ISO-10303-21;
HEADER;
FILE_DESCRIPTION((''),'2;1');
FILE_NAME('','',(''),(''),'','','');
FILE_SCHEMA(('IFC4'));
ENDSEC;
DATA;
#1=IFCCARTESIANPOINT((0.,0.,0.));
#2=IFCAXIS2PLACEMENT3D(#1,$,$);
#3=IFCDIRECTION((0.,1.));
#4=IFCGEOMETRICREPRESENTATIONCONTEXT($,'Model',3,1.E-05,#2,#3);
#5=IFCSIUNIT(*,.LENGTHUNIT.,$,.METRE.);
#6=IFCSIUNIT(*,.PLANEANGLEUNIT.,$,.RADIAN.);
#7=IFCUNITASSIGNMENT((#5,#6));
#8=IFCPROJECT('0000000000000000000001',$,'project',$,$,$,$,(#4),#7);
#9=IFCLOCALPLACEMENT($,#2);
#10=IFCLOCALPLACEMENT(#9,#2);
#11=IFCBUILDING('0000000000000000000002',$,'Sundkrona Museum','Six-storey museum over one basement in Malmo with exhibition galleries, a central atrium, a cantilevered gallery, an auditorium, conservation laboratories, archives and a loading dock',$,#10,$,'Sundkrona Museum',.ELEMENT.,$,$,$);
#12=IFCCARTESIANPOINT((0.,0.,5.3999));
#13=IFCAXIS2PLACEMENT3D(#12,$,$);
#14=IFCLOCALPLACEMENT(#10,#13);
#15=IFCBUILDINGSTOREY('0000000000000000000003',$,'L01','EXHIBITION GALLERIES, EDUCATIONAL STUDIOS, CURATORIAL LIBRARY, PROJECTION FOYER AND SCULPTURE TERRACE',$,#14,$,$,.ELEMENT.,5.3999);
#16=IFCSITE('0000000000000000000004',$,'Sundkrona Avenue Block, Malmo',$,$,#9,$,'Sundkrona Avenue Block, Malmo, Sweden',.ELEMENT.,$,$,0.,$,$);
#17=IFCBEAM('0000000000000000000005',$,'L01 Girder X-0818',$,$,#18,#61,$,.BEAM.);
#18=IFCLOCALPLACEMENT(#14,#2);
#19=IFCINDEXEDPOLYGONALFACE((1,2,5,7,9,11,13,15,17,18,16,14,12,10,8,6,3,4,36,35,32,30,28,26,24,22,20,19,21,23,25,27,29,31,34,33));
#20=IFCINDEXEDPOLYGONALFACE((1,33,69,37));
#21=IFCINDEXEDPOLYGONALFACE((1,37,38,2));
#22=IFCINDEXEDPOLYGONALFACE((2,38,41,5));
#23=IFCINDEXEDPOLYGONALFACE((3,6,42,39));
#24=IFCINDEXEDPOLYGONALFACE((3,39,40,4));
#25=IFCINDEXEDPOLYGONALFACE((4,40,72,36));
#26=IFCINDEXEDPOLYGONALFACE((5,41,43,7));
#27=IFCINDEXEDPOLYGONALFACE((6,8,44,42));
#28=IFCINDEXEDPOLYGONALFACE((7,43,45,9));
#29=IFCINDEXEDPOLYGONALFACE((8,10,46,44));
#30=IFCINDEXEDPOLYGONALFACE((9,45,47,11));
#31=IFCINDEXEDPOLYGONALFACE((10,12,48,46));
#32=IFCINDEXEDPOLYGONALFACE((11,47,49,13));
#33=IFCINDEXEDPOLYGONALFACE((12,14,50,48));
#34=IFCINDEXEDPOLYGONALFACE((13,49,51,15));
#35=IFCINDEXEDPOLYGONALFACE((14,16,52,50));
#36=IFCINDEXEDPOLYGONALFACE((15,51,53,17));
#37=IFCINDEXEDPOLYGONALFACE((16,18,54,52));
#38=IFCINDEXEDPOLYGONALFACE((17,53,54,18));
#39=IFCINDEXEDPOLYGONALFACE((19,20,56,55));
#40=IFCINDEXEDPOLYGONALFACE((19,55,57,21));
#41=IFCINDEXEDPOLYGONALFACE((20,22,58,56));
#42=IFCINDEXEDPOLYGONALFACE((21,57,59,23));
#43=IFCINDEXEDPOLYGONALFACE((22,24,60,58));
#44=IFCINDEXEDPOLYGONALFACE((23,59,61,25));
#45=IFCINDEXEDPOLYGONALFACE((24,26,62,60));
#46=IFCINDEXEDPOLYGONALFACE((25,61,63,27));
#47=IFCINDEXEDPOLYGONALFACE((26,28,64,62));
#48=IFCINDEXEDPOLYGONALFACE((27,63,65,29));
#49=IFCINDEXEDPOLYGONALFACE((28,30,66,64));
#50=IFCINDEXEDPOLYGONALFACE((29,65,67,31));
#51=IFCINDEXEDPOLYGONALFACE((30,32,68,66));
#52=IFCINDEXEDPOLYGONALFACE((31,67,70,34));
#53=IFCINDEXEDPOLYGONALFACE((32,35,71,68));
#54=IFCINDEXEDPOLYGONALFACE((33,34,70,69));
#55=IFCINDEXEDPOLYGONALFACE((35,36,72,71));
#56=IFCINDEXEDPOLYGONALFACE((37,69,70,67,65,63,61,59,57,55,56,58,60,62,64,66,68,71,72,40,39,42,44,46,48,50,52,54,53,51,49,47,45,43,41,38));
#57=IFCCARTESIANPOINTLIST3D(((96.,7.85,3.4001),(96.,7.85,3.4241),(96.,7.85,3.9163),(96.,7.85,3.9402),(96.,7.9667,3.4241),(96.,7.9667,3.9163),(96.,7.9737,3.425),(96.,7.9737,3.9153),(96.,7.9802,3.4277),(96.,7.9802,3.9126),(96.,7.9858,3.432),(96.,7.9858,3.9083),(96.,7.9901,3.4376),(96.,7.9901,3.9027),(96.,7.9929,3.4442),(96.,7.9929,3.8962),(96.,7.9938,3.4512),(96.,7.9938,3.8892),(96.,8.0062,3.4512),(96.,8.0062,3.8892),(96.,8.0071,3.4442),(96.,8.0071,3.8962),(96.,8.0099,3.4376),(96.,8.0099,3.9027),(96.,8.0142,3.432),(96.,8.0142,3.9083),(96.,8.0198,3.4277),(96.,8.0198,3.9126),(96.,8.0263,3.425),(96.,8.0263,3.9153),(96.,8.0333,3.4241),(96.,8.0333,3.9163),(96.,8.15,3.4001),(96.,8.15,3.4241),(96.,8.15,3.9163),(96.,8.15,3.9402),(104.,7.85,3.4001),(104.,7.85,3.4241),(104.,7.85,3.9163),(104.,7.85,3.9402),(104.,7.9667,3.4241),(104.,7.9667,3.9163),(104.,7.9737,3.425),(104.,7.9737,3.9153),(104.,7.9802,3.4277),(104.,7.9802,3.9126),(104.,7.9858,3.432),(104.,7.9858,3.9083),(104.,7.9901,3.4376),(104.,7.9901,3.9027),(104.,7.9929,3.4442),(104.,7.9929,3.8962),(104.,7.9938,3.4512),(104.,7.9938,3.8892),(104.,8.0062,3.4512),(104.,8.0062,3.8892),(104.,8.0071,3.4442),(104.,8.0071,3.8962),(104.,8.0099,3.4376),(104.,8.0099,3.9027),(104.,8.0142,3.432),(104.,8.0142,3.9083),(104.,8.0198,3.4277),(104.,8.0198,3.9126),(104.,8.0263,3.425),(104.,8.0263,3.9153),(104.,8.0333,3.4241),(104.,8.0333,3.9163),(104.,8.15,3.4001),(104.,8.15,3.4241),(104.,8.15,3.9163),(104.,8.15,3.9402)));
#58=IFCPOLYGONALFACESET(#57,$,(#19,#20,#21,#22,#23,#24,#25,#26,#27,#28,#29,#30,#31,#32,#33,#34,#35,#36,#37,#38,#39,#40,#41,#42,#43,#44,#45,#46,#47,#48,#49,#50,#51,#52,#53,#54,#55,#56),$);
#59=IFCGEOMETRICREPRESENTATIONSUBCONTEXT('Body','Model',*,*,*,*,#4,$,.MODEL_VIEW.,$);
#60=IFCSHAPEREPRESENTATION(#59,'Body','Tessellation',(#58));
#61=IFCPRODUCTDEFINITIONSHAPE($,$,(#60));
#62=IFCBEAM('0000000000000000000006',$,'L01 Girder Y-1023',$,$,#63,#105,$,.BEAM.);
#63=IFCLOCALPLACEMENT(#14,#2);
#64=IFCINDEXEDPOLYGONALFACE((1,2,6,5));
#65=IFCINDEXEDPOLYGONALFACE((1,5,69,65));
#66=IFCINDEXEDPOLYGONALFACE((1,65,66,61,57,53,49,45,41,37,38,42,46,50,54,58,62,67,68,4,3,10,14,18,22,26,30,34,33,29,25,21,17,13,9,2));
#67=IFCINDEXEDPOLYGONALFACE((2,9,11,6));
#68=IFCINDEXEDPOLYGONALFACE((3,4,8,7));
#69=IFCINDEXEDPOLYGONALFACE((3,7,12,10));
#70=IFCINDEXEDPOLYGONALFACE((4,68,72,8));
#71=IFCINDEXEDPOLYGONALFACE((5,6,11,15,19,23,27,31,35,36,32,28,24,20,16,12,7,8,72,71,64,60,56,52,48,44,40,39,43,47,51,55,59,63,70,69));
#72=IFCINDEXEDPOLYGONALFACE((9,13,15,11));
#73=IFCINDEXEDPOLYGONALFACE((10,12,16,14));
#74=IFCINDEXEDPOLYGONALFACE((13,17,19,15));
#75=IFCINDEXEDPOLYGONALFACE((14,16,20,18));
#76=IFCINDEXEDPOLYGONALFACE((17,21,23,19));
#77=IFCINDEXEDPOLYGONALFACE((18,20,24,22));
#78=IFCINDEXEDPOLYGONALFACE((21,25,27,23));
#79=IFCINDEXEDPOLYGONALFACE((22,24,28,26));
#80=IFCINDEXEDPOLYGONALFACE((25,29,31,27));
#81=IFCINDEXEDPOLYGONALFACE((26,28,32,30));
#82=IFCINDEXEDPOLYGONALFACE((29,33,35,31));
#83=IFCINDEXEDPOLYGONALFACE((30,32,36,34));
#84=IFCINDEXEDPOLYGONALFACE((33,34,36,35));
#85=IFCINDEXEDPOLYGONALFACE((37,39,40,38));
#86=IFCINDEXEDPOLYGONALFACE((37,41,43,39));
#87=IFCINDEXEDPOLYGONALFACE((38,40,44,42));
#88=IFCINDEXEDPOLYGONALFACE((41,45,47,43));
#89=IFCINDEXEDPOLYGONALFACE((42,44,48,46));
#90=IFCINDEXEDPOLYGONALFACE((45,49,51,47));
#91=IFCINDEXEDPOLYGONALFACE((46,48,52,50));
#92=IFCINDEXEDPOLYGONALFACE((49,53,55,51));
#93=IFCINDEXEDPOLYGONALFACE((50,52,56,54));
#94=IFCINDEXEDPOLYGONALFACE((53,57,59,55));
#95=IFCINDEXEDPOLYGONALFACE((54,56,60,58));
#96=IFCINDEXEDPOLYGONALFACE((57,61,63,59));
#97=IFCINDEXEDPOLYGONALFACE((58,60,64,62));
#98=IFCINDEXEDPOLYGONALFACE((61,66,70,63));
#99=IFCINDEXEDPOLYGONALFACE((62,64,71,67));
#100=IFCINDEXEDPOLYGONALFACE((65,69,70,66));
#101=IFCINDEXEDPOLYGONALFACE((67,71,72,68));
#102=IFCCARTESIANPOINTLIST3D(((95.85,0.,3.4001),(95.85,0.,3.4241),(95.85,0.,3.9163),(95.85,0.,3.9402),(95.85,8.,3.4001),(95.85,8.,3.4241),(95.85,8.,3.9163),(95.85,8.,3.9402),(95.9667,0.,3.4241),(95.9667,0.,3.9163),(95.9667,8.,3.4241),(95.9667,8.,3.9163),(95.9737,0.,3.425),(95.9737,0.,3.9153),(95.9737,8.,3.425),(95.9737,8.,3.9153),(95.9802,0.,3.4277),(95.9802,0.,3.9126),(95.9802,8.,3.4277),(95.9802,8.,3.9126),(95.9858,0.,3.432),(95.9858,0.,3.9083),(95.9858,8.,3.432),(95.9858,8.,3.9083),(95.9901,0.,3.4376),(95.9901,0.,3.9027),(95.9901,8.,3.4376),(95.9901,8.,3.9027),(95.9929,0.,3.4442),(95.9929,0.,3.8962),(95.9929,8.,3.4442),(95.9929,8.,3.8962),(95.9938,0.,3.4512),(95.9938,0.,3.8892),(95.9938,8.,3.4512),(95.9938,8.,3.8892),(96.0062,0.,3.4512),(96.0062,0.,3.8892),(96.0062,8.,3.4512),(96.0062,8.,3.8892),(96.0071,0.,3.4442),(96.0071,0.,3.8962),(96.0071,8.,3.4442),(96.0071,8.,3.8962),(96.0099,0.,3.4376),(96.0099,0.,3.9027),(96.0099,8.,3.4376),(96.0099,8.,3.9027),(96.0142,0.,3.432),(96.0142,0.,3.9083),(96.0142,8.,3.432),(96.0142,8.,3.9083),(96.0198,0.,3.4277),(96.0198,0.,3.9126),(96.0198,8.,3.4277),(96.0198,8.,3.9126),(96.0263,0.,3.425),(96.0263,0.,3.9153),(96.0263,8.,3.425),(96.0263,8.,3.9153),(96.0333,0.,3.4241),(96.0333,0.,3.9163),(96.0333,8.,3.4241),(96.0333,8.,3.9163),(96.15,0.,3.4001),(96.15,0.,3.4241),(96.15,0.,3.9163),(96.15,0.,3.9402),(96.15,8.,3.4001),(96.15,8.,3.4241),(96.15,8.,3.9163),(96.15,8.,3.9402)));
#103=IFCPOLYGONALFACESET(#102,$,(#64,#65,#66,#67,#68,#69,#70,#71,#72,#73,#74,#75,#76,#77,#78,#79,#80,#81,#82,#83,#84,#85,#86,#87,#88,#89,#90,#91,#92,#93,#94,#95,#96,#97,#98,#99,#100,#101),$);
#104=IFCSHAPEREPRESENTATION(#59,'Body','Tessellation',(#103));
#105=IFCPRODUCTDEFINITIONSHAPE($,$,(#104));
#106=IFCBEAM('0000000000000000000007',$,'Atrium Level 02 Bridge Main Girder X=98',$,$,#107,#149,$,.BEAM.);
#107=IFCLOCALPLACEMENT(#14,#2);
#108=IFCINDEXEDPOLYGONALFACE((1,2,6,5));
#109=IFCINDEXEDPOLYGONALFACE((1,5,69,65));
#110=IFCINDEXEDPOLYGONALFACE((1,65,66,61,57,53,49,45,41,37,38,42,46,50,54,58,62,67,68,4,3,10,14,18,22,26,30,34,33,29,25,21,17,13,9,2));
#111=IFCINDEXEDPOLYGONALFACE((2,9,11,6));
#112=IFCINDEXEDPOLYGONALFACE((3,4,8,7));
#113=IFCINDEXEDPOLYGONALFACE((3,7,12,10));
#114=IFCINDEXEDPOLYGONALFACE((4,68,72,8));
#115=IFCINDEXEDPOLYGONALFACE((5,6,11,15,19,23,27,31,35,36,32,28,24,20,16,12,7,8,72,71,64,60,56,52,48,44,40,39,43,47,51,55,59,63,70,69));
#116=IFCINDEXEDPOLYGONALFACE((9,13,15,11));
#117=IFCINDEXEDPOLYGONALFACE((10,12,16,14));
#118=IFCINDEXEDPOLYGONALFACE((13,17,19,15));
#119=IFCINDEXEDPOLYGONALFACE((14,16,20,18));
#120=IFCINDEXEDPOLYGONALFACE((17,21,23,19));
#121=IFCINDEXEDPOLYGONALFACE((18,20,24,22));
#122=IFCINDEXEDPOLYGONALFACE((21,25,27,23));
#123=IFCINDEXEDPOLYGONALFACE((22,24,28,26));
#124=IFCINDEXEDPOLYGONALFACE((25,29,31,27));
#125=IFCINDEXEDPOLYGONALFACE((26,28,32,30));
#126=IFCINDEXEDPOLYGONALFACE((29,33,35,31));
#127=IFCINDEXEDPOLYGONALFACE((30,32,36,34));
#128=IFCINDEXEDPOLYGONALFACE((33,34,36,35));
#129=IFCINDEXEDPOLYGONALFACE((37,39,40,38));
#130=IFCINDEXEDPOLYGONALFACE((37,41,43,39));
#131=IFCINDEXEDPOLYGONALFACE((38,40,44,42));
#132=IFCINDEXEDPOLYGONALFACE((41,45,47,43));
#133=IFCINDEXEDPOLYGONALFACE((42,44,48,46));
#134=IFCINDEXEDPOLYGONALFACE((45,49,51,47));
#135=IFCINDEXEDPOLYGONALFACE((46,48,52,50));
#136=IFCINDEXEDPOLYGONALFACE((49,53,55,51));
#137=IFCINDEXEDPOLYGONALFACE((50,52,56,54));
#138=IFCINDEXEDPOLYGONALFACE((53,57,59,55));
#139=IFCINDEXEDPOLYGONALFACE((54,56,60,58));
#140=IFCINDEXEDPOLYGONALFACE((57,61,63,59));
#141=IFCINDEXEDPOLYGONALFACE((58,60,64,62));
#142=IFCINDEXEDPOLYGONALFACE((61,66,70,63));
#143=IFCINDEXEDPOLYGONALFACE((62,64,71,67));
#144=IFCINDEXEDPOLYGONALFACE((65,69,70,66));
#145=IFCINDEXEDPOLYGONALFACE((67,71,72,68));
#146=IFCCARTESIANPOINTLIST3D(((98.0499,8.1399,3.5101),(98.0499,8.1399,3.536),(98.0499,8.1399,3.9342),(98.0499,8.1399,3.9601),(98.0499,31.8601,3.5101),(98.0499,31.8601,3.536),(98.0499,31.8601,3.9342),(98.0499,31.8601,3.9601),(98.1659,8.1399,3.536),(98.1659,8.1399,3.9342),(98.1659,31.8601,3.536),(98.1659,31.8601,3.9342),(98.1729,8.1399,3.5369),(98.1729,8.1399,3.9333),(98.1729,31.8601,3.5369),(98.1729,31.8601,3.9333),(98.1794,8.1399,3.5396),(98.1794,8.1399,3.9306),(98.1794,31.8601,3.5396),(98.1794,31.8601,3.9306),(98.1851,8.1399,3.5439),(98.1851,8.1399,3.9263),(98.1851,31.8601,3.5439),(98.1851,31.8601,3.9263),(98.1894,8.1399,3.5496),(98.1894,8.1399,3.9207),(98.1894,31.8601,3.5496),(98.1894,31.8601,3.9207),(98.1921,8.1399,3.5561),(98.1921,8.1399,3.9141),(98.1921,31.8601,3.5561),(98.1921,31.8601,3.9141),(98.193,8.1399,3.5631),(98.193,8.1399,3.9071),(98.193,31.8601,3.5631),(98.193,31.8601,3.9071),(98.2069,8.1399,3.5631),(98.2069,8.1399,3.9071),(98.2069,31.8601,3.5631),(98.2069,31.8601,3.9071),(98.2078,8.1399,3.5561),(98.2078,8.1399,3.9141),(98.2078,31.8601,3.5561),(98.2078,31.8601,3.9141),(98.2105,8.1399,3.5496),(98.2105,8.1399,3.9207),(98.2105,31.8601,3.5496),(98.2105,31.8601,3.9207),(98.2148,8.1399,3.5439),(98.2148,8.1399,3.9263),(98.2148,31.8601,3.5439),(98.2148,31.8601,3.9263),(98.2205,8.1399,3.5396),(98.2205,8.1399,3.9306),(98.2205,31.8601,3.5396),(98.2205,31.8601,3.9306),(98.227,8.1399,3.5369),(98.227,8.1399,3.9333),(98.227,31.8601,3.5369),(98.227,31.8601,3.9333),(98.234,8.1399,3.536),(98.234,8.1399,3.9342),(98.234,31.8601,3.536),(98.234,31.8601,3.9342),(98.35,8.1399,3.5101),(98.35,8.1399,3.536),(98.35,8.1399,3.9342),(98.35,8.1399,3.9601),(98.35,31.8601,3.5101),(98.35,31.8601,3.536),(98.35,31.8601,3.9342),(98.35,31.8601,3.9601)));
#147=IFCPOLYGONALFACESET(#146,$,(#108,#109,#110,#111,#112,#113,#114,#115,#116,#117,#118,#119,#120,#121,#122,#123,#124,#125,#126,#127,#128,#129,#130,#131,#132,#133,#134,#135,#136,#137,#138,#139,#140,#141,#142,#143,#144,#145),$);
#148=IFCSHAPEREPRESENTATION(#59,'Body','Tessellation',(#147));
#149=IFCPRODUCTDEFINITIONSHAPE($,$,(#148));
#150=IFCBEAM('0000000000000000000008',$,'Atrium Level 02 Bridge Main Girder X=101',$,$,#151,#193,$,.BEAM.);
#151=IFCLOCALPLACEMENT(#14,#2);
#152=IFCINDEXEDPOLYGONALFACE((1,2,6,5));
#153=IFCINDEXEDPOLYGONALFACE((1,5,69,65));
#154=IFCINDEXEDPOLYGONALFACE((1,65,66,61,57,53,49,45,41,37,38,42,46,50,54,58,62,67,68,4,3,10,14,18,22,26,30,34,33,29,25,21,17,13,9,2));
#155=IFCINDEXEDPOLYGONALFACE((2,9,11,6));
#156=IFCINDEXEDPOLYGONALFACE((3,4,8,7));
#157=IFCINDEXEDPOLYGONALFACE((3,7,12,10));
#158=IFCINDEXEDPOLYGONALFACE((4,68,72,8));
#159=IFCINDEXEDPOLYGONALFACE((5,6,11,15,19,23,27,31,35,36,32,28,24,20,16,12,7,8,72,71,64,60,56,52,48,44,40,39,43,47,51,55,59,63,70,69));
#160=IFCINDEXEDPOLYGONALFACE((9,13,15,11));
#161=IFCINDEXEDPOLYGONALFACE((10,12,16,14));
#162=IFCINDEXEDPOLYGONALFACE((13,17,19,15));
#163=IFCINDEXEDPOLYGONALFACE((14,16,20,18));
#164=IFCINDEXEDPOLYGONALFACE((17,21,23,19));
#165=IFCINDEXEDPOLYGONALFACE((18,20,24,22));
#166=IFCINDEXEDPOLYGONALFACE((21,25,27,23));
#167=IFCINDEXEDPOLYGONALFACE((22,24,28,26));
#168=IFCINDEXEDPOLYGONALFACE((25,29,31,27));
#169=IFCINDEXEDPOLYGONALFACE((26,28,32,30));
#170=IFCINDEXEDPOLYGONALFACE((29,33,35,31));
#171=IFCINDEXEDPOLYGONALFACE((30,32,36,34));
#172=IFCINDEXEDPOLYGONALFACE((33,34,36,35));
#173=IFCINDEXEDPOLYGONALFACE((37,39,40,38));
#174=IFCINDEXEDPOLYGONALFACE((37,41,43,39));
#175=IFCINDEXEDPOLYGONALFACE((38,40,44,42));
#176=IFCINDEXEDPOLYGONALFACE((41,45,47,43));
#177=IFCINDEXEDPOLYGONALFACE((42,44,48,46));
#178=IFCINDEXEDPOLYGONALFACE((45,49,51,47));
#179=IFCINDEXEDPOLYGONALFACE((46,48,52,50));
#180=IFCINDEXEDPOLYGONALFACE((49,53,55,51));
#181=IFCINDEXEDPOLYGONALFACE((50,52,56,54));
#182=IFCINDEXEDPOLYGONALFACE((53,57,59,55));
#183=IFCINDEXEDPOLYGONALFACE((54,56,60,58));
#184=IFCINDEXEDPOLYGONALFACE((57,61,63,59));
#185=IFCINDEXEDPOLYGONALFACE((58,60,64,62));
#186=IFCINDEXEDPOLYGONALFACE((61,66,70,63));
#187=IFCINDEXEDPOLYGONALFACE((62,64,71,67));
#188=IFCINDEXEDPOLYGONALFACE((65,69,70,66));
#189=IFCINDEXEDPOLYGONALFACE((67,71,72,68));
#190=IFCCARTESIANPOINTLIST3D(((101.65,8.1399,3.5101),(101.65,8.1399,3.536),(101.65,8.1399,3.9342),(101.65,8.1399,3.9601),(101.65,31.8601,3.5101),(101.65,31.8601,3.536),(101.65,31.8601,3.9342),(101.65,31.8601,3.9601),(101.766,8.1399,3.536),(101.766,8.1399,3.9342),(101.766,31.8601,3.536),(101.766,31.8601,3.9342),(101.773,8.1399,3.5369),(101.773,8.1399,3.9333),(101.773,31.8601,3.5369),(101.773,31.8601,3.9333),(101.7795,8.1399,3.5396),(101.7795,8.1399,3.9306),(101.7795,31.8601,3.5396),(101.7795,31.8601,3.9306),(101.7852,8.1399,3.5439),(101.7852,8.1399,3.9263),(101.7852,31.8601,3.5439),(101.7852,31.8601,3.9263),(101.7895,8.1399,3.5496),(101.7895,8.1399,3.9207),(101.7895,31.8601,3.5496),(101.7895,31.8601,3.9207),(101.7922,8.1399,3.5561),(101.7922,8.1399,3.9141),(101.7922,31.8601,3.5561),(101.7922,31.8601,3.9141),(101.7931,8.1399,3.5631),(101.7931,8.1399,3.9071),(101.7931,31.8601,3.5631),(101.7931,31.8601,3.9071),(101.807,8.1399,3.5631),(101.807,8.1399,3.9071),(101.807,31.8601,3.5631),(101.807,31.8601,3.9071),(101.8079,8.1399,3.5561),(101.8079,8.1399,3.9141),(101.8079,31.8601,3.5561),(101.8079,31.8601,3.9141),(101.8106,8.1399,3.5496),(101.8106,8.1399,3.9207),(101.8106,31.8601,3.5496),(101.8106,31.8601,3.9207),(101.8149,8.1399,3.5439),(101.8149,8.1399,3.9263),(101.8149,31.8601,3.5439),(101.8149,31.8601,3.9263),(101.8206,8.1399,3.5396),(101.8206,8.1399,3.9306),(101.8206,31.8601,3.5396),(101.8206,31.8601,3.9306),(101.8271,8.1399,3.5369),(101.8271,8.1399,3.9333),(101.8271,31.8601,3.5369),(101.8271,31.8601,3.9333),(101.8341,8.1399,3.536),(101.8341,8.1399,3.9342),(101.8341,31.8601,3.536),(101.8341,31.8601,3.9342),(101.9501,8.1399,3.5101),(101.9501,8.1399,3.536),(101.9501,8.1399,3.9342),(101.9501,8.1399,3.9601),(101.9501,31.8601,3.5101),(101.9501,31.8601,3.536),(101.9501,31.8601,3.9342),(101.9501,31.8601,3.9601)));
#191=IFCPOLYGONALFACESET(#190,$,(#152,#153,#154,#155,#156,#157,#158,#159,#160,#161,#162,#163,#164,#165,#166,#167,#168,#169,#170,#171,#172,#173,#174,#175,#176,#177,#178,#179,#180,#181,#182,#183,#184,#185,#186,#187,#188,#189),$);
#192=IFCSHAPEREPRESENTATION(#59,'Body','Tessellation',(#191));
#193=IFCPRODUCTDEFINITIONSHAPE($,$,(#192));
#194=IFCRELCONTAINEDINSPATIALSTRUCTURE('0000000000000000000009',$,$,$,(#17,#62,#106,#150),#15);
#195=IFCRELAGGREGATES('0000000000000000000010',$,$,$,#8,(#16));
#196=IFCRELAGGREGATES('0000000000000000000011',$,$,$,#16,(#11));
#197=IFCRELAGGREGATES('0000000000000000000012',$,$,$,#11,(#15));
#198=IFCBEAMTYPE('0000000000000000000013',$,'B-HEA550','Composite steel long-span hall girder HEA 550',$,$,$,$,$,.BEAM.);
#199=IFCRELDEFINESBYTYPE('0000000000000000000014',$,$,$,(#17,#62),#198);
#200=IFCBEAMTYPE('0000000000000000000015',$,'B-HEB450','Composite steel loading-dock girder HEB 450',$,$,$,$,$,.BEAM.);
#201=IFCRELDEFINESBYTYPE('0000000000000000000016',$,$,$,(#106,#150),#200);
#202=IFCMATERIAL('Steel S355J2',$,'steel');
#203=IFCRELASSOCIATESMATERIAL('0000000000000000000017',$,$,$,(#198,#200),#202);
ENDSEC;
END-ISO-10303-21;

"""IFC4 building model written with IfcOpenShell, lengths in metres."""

from ifc_helpers import new_model, si_unit, direction, frame, origin, origin_2d, place, context, subcontext, project, spatial, i_section, extrude, material, material_profile, profile_set, type_object, element, save


model = new_model("IFC4")

# Units and contexts
model_context = context("Model", 3, precision=1e-05, world=origin(), true_north=direction((0.0, 1.0)))
body_context = subcontext(model_context, "Body", "Model", "MODEL_VIEW")
ifc_project = project(units=[si_unit("LENGTHUNIT", "METRE"), si_unit("PLANEANGLEUNIT", "RADIAN")], contexts=[model_context])

# Site, building, storey
site_placement = place(None, origin())
site = spatial("IfcSite", under=ifc_project, at=site_placement, Name="Sundkrona Avenue Block, Malmo", LongName="Sundkrona Avenue Block, Malmo, Sweden", CompositionType="ELEMENT", RefElevation=0.0)
building_placement = place(site_placement, origin())
building = spatial("IfcBuilding", under=site, at=building_placement, Name="Sundkrona Museum", Description="Six-storey museum over one basement in Malmo with exhibition galleries, a central atrium, a cantilevered gallery, an auditorium, conservation laboratories, archives and a loading dock", LongName="Sundkrona Museum", CompositionType="ELEMENT")
storey_placement = place(building_placement, frame((0.0, 0.0, 5.3999)))
storey = spatial("IfcBuildingStorey", under=building, at=storey_placement, Name="L01", Description="EXHIBITION GALLERIES, EDUCATIONAL STUDIOS, CURATORIAL LIBRARY, PROJECTION FOYER AND SCULPTURE TERRACE", CompositionType="ELEMENT", Elevation=5.3999)

# Shared definitions
ifc_material_1 = material(Name="Steel S355J2", Category="steel")

# Beams
ifc_material_profile_1 = material_profile(ifc_material_1, i_section(OverallWidth=0.3, OverallDepth=0.54, WebThickness=0.0125, FlangeThickness=0.0239, FilletRadius=0.0271, at=origin_2d()), Name="HEA 550")
ifc_profile_set_1 = profile_set([ifc_material_profile_1], Name="Steel S355J2")
beam_type_1 = type_object("IfcBeamType", Name="B-HEA550", Description="Composite steel long-span hall girder HEA 550", PredefinedType="BEAM", material=ifc_profile_set_1)
for number, where, z_axis, x_axis, name in (
    (1, (96.0, 8.0, 3.6702), (1.0, 0.0, 0.0), (0.0, 1.0, 0.0), "L01 Girder X-0818"),
    (2, (96.0, 0.0, 3.6702), (0.0, 1.0, 0.0), (-1.0, 0.0, 0.0), "L01 Girder Y-1023"),
):
    element("IfcBeam", number, at=place(storey_placement, frame(where, z_axis=z_axis, x_axis=x_axis)), inside=storey, type_object=beam_type_1, Name=name, PredefinedType="BEAM", context=body_context, shape_type="SweptSolid", body=[
        extrude(i_section(OverallWidth=0.3, OverallDepth=0.54, WebThickness=0.0125, FlangeThickness=0.0239, FilletRadius=0.0271, at=origin_2d()), origin(), (0.0, 0.0, 1.0), 8.0),
    ])
ifc_material_profile_2 = material_profile(ifc_material_1, i_section(OverallWidth=0.3, OverallDepth=0.45, WebThickness=0.0139, FlangeThickness=0.0259, FilletRadius=0.0271, at=origin_2d()), Name="HEB 450")
ifc_profile_set_2 = profile_set([ifc_material_profile_2], Name="Steel S355J2")
beam_type_2 = type_object("IfcBeamType", Name="B-HEB450", Description="Composite steel loading-dock girder HEB 450", PredefinedType="BEAM", material=ifc_profile_set_2)
for number, where, z_axis, x_axis, name in (
    (3, (98.2, 8.1399, 3.7351), (0.0, 1.0, 0.0), (-1.0, 0.0, 0.0), "Atrium Level 02 Bridge Main Girder X=98"),
    (4, (101.8, 8.1399, 3.7351), (0.0, 1.0, 0.0), (-1.0, 0.0, 0.0), "Atrium Level 02 Bridge Main Girder X=101"),
):
    element("IfcBeam", number, at=place(storey_placement, frame(where, z_axis=z_axis, x_axis=x_axis)), inside=storey, type_object=beam_type_2, Name=name, PredefinedType="BEAM", context=body_context, shape_type="SweptSolid", body=[
        extrude(i_section(OverallWidth=0.3, OverallDepth=0.45, WebThickness=0.0139, FlangeThickness=0.0259, FilletRadius=0.0271, at=origin_2d()), origin(), (0.0, 0.0, 1.0), 23.7202),
    ])

save(model, "model.ifc")
